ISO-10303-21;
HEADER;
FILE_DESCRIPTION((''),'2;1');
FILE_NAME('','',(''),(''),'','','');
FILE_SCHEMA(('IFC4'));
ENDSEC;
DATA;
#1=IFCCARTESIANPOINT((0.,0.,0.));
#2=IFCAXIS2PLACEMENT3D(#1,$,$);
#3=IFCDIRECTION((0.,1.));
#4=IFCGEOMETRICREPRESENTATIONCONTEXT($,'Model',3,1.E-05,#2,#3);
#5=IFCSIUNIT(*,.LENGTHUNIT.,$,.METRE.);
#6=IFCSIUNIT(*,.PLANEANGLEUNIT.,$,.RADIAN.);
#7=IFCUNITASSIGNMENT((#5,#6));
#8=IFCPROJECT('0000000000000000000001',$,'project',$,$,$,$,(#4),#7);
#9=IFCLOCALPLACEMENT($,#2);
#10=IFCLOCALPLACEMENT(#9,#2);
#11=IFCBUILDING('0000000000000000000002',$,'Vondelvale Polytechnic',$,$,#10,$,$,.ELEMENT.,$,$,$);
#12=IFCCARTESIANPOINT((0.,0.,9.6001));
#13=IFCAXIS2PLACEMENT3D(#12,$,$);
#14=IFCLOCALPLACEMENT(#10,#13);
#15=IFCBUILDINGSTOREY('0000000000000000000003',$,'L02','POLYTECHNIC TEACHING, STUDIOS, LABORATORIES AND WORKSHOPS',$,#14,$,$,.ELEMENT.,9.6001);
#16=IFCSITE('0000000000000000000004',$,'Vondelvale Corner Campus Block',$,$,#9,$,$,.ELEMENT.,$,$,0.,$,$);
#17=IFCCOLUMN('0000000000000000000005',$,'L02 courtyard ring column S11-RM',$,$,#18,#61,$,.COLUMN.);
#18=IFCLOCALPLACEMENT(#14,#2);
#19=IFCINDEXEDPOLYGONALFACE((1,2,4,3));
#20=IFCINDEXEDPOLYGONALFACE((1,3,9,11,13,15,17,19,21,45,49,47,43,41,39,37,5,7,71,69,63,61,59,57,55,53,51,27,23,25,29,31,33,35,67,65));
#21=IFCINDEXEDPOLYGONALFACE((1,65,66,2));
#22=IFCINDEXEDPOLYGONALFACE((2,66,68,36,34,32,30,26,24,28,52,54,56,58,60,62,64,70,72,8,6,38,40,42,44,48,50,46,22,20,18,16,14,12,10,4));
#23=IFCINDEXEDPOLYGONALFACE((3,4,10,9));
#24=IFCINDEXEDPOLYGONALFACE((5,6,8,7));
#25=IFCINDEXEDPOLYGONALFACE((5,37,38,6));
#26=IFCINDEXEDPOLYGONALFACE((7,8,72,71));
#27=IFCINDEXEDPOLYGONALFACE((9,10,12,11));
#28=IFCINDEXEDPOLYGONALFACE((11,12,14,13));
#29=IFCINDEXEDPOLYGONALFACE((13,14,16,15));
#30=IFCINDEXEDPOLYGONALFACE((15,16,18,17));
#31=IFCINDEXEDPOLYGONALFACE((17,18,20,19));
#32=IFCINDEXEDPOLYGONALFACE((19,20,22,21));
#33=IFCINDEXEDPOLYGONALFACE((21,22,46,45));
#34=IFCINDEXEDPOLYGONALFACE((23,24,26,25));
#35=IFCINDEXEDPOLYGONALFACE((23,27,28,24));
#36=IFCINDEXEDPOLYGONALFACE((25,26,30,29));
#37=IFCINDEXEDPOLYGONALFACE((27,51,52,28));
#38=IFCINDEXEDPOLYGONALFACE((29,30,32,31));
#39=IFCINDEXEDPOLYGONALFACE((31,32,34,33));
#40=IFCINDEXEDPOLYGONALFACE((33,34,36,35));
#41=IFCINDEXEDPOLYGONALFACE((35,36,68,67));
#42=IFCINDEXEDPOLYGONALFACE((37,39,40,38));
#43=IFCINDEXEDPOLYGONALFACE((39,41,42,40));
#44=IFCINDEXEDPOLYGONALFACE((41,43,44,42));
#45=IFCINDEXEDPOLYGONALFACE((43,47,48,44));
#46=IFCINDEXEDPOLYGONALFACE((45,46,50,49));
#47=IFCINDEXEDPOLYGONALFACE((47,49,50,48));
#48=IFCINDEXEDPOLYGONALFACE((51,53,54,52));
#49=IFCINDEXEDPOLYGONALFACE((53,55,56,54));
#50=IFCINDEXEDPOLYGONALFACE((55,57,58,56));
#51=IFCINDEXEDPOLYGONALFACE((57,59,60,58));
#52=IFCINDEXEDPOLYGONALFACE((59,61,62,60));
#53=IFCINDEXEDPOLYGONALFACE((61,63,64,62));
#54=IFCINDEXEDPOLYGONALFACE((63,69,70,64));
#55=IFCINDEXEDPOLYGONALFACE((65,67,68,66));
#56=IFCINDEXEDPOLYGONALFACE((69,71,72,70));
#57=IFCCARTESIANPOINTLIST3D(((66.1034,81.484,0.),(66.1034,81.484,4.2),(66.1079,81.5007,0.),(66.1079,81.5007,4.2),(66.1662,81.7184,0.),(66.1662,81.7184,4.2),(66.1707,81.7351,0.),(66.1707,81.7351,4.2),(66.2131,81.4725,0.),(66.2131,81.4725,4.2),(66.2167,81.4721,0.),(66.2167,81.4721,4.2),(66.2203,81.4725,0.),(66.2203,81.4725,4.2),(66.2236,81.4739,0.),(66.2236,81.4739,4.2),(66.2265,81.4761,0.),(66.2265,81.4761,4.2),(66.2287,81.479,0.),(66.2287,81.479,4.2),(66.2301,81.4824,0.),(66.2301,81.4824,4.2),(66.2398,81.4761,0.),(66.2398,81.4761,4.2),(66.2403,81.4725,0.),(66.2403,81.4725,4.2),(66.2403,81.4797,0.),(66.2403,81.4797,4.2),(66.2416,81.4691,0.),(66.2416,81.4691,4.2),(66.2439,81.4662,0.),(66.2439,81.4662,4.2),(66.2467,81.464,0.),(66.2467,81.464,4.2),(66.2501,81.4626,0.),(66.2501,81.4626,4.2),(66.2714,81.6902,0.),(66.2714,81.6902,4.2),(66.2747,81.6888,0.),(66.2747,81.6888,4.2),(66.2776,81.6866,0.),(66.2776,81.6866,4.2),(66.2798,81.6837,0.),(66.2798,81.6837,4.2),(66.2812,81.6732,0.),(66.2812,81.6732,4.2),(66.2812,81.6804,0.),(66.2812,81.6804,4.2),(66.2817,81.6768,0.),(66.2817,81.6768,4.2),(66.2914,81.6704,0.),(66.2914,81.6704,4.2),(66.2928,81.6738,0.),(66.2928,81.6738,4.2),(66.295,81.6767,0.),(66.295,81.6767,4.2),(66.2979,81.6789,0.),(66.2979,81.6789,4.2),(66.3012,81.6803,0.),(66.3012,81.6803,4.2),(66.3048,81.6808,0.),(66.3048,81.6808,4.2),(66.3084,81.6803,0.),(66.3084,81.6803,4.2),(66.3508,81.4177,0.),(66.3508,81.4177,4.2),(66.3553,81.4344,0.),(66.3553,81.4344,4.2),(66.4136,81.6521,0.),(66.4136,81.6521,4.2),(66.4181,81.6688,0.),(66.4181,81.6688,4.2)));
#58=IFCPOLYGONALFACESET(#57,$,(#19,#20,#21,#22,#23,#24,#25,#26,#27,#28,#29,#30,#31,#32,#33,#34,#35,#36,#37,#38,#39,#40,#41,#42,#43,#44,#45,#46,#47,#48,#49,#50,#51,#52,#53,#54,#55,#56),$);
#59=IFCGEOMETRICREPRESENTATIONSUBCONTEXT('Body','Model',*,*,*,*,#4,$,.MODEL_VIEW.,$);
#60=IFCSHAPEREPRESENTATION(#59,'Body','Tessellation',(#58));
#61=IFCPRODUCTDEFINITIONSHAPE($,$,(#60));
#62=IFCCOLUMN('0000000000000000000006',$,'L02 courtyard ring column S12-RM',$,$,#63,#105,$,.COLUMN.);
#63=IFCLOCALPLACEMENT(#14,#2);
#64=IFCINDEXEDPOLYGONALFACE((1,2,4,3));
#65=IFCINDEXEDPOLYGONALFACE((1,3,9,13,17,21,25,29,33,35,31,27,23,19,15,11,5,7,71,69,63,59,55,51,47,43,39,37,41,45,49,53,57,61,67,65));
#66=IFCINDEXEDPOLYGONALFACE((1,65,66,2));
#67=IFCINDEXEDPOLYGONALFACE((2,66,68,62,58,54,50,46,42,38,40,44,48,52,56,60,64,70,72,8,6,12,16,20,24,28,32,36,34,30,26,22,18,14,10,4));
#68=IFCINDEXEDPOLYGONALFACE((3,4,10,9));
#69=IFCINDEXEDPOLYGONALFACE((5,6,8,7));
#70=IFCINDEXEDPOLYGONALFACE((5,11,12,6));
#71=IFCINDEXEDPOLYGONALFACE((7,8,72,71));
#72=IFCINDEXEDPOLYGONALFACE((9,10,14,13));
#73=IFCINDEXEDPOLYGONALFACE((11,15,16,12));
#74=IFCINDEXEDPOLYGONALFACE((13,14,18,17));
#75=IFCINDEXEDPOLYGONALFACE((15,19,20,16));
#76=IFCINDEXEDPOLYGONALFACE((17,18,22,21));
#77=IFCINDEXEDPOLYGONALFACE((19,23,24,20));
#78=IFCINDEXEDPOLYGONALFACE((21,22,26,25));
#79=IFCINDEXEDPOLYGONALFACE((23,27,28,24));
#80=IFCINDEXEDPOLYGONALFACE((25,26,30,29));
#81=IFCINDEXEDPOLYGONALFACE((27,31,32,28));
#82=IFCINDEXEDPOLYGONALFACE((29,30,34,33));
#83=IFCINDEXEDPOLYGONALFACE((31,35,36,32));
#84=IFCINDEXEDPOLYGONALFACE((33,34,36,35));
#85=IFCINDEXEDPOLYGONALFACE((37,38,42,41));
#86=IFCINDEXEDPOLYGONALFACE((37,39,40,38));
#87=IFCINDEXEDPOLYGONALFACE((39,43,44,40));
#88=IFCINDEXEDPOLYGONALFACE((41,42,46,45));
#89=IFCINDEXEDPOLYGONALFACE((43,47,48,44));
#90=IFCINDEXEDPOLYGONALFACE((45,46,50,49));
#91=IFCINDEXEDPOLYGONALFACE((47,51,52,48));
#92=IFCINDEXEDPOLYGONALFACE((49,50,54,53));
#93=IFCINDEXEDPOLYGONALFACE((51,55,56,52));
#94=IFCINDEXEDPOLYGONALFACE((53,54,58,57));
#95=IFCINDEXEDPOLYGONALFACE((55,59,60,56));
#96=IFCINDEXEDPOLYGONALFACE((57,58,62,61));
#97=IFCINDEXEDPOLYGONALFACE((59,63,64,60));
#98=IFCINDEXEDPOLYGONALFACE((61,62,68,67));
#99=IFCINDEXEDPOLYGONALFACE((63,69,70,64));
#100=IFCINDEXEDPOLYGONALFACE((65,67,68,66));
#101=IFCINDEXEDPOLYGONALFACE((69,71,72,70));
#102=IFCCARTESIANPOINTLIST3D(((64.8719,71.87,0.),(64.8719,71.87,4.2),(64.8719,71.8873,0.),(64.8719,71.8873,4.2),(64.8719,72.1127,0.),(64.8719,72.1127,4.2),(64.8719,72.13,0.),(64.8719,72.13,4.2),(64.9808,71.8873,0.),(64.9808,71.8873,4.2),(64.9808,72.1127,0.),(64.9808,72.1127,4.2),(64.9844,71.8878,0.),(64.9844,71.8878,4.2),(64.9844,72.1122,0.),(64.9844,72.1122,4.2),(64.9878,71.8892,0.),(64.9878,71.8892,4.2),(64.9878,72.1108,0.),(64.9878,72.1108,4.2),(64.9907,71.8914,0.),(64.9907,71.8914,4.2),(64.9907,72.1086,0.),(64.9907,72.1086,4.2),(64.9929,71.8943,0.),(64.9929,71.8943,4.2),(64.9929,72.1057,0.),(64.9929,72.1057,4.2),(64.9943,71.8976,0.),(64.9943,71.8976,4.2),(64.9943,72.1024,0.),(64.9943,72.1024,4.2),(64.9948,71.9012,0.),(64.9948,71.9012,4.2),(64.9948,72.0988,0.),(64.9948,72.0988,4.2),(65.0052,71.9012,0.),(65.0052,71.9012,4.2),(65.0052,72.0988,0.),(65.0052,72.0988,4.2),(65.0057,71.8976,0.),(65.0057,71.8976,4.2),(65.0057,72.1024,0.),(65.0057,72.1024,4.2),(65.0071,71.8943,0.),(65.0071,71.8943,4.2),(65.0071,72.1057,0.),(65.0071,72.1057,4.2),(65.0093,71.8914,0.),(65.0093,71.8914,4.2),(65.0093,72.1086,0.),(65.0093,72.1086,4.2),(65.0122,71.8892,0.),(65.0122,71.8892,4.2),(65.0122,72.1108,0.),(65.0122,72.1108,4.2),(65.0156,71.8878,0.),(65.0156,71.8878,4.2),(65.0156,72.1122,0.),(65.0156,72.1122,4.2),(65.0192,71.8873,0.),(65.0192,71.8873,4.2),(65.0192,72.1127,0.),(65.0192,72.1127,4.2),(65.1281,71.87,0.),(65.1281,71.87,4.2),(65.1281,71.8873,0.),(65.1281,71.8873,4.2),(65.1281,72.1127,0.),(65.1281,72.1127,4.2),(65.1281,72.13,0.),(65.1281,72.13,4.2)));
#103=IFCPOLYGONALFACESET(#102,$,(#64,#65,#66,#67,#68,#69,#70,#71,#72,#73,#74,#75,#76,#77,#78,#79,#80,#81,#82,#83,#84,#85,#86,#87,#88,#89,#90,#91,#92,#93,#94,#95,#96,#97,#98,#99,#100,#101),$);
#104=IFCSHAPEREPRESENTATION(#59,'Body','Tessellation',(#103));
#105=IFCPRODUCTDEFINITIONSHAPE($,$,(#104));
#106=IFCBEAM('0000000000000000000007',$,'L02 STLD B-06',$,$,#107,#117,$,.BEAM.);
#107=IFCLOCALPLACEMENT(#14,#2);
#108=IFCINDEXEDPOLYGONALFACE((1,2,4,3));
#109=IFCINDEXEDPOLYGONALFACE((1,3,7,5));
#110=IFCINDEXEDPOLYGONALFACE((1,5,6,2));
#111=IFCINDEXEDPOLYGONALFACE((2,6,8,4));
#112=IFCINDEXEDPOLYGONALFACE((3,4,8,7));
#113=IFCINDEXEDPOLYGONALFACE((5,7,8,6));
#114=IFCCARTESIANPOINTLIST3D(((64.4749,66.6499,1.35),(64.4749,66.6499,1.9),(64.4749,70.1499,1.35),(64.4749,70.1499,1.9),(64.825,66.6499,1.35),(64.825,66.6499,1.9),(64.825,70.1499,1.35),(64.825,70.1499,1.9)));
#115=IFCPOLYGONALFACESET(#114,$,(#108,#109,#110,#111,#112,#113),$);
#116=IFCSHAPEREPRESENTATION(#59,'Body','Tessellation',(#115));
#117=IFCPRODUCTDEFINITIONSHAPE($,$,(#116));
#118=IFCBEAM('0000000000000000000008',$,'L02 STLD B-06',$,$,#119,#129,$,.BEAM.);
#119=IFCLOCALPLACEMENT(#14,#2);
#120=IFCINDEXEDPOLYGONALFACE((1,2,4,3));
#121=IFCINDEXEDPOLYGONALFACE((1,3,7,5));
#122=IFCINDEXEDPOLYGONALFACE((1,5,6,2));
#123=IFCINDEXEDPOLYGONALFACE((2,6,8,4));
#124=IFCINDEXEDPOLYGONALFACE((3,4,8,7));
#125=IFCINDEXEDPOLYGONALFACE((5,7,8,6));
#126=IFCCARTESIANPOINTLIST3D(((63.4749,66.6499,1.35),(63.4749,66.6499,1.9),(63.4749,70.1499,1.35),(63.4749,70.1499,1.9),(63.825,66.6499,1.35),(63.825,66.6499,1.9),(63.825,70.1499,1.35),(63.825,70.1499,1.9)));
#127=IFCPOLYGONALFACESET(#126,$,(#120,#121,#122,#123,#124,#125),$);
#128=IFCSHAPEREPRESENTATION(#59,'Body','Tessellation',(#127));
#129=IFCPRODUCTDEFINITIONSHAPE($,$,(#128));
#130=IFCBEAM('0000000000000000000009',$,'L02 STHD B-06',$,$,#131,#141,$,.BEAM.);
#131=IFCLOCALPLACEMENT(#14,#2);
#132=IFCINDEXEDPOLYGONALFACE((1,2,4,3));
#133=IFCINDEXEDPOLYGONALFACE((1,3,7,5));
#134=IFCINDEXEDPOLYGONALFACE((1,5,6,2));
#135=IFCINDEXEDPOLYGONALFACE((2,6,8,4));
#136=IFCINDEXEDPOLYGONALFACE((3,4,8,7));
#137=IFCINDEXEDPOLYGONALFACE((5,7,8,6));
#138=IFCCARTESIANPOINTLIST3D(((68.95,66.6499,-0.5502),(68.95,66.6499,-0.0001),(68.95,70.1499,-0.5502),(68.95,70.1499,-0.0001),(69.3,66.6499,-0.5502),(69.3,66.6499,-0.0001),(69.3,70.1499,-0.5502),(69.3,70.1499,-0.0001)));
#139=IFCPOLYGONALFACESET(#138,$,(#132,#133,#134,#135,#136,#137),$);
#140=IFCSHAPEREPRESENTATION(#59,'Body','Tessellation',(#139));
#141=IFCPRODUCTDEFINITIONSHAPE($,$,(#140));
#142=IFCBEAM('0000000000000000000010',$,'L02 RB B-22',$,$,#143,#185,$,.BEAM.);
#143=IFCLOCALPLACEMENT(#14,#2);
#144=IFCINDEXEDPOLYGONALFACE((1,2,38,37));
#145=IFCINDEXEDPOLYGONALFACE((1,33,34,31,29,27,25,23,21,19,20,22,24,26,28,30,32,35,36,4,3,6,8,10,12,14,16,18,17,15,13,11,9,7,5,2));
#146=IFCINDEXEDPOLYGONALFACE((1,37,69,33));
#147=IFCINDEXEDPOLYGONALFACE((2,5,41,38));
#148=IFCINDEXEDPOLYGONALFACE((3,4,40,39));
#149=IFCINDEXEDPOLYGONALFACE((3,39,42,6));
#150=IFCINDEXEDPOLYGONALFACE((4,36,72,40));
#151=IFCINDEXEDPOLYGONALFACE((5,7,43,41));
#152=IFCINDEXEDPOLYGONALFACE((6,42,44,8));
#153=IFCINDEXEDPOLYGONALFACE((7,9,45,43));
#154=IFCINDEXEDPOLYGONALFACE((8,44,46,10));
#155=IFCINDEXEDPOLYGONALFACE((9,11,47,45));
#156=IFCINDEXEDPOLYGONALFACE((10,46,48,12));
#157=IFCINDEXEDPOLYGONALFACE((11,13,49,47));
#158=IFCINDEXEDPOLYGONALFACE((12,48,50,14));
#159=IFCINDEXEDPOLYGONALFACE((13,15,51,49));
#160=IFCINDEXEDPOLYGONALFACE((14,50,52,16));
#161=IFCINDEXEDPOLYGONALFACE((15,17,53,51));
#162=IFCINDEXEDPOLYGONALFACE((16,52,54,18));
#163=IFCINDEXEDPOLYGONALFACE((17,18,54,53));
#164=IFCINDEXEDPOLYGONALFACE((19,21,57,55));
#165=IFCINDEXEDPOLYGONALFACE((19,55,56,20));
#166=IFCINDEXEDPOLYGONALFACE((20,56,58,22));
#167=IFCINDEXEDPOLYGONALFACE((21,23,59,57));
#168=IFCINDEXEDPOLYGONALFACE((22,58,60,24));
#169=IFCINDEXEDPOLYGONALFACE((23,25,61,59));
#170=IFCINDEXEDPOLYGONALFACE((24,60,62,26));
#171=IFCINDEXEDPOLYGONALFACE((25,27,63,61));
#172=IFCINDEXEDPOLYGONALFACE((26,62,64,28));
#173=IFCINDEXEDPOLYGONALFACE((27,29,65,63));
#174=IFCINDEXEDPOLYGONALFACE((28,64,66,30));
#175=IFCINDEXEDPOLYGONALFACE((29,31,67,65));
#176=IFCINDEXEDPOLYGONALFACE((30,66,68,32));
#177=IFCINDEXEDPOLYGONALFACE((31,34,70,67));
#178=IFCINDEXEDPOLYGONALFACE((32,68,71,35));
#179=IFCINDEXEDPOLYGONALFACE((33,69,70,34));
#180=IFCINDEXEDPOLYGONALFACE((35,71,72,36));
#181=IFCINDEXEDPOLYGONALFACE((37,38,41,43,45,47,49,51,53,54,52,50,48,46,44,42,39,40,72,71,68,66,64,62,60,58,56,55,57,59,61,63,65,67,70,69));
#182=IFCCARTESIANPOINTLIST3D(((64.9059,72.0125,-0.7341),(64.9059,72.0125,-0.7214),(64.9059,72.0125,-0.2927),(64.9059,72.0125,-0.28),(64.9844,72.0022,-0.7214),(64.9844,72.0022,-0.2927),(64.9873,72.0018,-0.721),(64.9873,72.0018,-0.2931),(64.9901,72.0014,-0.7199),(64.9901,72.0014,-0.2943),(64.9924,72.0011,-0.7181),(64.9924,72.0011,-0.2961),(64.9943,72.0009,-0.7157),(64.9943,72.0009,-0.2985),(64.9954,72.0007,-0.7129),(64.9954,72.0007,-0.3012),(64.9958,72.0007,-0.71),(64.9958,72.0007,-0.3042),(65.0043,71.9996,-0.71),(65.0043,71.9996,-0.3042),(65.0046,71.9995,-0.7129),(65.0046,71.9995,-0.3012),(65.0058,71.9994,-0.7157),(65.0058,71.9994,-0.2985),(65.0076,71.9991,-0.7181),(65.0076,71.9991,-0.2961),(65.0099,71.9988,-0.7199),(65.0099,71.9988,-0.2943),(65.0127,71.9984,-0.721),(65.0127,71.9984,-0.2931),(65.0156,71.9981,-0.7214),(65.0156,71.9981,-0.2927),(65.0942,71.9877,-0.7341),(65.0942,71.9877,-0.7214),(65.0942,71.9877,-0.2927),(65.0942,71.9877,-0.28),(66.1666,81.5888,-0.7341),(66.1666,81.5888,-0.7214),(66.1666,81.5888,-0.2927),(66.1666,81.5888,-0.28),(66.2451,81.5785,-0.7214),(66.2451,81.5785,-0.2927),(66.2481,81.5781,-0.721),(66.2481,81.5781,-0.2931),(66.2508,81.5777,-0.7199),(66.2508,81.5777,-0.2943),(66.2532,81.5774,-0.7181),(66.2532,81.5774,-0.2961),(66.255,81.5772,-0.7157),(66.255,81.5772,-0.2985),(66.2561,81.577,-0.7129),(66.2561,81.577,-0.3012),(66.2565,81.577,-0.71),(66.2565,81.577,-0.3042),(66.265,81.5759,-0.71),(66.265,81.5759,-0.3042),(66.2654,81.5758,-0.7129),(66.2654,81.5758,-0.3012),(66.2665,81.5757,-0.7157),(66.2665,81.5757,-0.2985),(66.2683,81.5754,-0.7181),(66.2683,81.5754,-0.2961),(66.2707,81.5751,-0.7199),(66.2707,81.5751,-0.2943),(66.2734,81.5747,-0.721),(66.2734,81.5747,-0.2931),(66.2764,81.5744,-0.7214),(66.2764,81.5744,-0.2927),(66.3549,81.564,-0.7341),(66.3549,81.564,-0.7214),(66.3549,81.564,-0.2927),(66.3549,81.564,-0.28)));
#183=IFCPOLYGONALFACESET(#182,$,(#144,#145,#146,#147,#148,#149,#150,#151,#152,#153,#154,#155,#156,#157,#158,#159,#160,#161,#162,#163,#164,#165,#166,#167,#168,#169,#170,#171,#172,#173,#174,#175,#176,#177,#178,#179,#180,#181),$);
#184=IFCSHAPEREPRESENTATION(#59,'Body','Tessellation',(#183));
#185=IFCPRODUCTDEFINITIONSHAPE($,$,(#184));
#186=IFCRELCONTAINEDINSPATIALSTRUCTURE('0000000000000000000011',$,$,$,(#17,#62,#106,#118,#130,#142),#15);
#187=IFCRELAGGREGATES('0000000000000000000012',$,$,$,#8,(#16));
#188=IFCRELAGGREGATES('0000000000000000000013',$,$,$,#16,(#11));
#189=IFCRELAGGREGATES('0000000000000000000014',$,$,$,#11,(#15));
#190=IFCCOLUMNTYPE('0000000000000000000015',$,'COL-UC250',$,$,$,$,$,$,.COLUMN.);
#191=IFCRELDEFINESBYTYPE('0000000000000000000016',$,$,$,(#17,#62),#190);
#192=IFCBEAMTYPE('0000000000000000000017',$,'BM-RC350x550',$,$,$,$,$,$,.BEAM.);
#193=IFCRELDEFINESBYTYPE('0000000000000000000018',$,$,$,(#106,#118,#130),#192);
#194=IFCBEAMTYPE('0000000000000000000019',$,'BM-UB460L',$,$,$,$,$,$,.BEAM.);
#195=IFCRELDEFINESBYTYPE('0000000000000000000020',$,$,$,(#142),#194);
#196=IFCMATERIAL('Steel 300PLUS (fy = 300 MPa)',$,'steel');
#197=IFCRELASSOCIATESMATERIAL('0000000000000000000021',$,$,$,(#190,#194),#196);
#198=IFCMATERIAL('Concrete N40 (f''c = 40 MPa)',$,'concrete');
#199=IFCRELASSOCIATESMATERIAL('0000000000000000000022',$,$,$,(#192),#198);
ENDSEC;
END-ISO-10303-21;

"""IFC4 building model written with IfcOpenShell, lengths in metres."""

from ifc_helpers import new_model, si_unit, direction, frame, origin, origin_2d, place, context, subcontext, project, spatial, rectangle, i_section, extrude, material, material_profile, profile_set, type_object, element, save


model = new_model("IFC4")

# Units and contexts
model_context = context("Model", 3, precision=1e-05, world=origin(), true_north=direction((0.0, 1.0)))
body_context = subcontext(model_context, "Body", "Model", "MODEL_VIEW")
ifc_project = project(units=[si_unit("LENGTHUNIT", "METRE"), si_unit("PLANEANGLEUNIT", "RADIAN")], contexts=[model_context])

# Site, building, storey
site_placement = place(None, origin())
site = spatial("IfcSite", under=ifc_project, at=site_placement, Name="Vondelvale Corner Campus Block", CompositionType="ELEMENT", RefElevation=0.0)
building_placement = place(site_placement, origin())
building = spatial("IfcBuilding", under=site, at=building_placement, Name="Vondelvale Polytechnic", CompositionType="ELEMENT")
storey_placement = place(building_placement, frame((0.0, 0.0, 9.6001)))
storey = spatial("IfcBuildingStorey", under=building, at=storey_placement, Name="L02", Description="POLYTECHNIC TEACHING, STUDIOS, LABORATORIES AND WORKSHOPS", CompositionType="ELEMENT", Elevation=9.6001)

# Columns
ifc_material_1 = material(Name="Steel 300PLUS (fy = 300 MPa)", Category="steel")
ifc_material_profile_1 = material_profile(ifc_material_1, i_section(OverallWidth=0.2561, OverallDepth=0.26, WebThickness=0.0105, FlangeThickness=0.0173, FilletRadius=0.0139, at=origin_2d()), Name="250UC89.5")
ifc_profile_set_1 = profile_set([ifc_material_profile_1], Name="Steel 300PLUS (fy = 300 MPa)")
column_type = type_object("IfcColumnType", Name="COL-UC250", PredefinedType="COLUMN", material=ifc_profile_set_1)
for number, where, z_axis, x_axis, name in (
    (1, (66.2607, 81.5764, 0.0), (0.0, 0.0, 1.0), (-0.965926, 0.258819, 0.0), "L02 courtyard ring column S11-RM"),
    (2, (65.0, 72.0, 0.0), (0.0, 0.0, 1.0), (1.0, 0.0, 0.0), "L02 courtyard ring column S12-RM"),
):
    element("IfcColumn", number, at=place(storey_placement, frame(where, z_axis=z_axis, x_axis=x_axis)), inside=storey, type_object=column_type, Name=name, PredefinedType="COLUMN", context=body_context, shape_type="SweptSolid", body=[
        extrude(i_section(OverallWidth=0.2561, OverallDepth=0.26, WebThickness=0.0105, FlangeThickness=0.0173, FilletRadius=0.0139, at=origin_2d()), origin(), (0.0, 0.0, 1.0), 4.2),
    ])

# Beams
ifc_material_2 = material(Name="Concrete N40 (f'c = 40 MPa)", Category="concrete")
ifc_material_profile_2 = material_profile(ifc_material_2, rectangle(XDim=0.3501, YDim=0.55, at=origin_2d()), Name="RC-BM-350x550")
ifc_profile_set_2 = profile_set([ifc_material_profile_2], Name="Concrete N40 (f'c = 40 MPa)")
beam_type_1 = type_object("IfcBeamType", Name="BM-RC350x550", PredefinedType="BEAM", material=ifc_profile_set_2)
for number, where, z_axis, x_axis, name in (
    (3, (64.6499, 70.1499, 1.625), (0.0, -1.0, 0.0), (1.0, 0.0, 0.0), "L02 STLD B-06"),
    (4, (63.6499, 70.1499, 1.625), (0.0, -1.0, 0.0), (1.0, 0.0, 0.0), "L02 STLD B-06"),
    (5, (69.125, 70.1499, -0.2751), (0.0, -1.0, 0.0), (1.0, 0.0, 0.0), "L02 STHD B-06"),
):
    element("IfcBeam", number, at=place(storey_placement, frame(where, z_axis=z_axis, x_axis=x_axis)), inside=storey, type_object=beam_type_1, Name=name, PredefinedType="BEAM", context=body_context, shape_type="SweptSolid", body=[
        extrude(rectangle(XDim=0.3501, YDim=0.55, at=origin_2d()), origin(), (0.0, 0.0, 1.0), 3.5),
    ])
ifc_material_profile_3 = material_profile(ifc_material_1, i_section(OverallWidth=0.1899, OverallDepth=0.4541, WebThickness=0.0085, FlangeThickness=0.0127, FilletRadius=0.0115, at=origin_2d()), Name="460UB67.1")
ifc_profile_set_3 = profile_set([ifc_material_profile_3], Name="Steel 300PLUS (fy = 300 MPa)")
beam_type_2 = type_object("IfcBeamType", Name="BM-UB460L", PredefinedType="BEAM", material=ifc_profile_set_3)
beam_1_placement = place(storey_placement, frame((66.2607, 81.5764, -0.5071), z_axis=(-0.130524, -0.991445, 0.0), x_axis=(0.991445, -0.130524, 0.0)))
element("IfcBeam", 6, at=beam_1_placement, inside=storey, type_object=beam_type_2, Name="L02 RB B-22", PredefinedType="BEAM", context=body_context, shape_type="SweptSolid", body=[
    extrude(i_section(OverallWidth=0.1899, OverallDepth=0.4541, WebThickness=0.0085, FlangeThickness=0.0127, FilletRadius=0.0115, at=origin_2d()), origin(), (0.0, 0.0, 1.0), 9.6589),
])

save(model, "model.ifc")
